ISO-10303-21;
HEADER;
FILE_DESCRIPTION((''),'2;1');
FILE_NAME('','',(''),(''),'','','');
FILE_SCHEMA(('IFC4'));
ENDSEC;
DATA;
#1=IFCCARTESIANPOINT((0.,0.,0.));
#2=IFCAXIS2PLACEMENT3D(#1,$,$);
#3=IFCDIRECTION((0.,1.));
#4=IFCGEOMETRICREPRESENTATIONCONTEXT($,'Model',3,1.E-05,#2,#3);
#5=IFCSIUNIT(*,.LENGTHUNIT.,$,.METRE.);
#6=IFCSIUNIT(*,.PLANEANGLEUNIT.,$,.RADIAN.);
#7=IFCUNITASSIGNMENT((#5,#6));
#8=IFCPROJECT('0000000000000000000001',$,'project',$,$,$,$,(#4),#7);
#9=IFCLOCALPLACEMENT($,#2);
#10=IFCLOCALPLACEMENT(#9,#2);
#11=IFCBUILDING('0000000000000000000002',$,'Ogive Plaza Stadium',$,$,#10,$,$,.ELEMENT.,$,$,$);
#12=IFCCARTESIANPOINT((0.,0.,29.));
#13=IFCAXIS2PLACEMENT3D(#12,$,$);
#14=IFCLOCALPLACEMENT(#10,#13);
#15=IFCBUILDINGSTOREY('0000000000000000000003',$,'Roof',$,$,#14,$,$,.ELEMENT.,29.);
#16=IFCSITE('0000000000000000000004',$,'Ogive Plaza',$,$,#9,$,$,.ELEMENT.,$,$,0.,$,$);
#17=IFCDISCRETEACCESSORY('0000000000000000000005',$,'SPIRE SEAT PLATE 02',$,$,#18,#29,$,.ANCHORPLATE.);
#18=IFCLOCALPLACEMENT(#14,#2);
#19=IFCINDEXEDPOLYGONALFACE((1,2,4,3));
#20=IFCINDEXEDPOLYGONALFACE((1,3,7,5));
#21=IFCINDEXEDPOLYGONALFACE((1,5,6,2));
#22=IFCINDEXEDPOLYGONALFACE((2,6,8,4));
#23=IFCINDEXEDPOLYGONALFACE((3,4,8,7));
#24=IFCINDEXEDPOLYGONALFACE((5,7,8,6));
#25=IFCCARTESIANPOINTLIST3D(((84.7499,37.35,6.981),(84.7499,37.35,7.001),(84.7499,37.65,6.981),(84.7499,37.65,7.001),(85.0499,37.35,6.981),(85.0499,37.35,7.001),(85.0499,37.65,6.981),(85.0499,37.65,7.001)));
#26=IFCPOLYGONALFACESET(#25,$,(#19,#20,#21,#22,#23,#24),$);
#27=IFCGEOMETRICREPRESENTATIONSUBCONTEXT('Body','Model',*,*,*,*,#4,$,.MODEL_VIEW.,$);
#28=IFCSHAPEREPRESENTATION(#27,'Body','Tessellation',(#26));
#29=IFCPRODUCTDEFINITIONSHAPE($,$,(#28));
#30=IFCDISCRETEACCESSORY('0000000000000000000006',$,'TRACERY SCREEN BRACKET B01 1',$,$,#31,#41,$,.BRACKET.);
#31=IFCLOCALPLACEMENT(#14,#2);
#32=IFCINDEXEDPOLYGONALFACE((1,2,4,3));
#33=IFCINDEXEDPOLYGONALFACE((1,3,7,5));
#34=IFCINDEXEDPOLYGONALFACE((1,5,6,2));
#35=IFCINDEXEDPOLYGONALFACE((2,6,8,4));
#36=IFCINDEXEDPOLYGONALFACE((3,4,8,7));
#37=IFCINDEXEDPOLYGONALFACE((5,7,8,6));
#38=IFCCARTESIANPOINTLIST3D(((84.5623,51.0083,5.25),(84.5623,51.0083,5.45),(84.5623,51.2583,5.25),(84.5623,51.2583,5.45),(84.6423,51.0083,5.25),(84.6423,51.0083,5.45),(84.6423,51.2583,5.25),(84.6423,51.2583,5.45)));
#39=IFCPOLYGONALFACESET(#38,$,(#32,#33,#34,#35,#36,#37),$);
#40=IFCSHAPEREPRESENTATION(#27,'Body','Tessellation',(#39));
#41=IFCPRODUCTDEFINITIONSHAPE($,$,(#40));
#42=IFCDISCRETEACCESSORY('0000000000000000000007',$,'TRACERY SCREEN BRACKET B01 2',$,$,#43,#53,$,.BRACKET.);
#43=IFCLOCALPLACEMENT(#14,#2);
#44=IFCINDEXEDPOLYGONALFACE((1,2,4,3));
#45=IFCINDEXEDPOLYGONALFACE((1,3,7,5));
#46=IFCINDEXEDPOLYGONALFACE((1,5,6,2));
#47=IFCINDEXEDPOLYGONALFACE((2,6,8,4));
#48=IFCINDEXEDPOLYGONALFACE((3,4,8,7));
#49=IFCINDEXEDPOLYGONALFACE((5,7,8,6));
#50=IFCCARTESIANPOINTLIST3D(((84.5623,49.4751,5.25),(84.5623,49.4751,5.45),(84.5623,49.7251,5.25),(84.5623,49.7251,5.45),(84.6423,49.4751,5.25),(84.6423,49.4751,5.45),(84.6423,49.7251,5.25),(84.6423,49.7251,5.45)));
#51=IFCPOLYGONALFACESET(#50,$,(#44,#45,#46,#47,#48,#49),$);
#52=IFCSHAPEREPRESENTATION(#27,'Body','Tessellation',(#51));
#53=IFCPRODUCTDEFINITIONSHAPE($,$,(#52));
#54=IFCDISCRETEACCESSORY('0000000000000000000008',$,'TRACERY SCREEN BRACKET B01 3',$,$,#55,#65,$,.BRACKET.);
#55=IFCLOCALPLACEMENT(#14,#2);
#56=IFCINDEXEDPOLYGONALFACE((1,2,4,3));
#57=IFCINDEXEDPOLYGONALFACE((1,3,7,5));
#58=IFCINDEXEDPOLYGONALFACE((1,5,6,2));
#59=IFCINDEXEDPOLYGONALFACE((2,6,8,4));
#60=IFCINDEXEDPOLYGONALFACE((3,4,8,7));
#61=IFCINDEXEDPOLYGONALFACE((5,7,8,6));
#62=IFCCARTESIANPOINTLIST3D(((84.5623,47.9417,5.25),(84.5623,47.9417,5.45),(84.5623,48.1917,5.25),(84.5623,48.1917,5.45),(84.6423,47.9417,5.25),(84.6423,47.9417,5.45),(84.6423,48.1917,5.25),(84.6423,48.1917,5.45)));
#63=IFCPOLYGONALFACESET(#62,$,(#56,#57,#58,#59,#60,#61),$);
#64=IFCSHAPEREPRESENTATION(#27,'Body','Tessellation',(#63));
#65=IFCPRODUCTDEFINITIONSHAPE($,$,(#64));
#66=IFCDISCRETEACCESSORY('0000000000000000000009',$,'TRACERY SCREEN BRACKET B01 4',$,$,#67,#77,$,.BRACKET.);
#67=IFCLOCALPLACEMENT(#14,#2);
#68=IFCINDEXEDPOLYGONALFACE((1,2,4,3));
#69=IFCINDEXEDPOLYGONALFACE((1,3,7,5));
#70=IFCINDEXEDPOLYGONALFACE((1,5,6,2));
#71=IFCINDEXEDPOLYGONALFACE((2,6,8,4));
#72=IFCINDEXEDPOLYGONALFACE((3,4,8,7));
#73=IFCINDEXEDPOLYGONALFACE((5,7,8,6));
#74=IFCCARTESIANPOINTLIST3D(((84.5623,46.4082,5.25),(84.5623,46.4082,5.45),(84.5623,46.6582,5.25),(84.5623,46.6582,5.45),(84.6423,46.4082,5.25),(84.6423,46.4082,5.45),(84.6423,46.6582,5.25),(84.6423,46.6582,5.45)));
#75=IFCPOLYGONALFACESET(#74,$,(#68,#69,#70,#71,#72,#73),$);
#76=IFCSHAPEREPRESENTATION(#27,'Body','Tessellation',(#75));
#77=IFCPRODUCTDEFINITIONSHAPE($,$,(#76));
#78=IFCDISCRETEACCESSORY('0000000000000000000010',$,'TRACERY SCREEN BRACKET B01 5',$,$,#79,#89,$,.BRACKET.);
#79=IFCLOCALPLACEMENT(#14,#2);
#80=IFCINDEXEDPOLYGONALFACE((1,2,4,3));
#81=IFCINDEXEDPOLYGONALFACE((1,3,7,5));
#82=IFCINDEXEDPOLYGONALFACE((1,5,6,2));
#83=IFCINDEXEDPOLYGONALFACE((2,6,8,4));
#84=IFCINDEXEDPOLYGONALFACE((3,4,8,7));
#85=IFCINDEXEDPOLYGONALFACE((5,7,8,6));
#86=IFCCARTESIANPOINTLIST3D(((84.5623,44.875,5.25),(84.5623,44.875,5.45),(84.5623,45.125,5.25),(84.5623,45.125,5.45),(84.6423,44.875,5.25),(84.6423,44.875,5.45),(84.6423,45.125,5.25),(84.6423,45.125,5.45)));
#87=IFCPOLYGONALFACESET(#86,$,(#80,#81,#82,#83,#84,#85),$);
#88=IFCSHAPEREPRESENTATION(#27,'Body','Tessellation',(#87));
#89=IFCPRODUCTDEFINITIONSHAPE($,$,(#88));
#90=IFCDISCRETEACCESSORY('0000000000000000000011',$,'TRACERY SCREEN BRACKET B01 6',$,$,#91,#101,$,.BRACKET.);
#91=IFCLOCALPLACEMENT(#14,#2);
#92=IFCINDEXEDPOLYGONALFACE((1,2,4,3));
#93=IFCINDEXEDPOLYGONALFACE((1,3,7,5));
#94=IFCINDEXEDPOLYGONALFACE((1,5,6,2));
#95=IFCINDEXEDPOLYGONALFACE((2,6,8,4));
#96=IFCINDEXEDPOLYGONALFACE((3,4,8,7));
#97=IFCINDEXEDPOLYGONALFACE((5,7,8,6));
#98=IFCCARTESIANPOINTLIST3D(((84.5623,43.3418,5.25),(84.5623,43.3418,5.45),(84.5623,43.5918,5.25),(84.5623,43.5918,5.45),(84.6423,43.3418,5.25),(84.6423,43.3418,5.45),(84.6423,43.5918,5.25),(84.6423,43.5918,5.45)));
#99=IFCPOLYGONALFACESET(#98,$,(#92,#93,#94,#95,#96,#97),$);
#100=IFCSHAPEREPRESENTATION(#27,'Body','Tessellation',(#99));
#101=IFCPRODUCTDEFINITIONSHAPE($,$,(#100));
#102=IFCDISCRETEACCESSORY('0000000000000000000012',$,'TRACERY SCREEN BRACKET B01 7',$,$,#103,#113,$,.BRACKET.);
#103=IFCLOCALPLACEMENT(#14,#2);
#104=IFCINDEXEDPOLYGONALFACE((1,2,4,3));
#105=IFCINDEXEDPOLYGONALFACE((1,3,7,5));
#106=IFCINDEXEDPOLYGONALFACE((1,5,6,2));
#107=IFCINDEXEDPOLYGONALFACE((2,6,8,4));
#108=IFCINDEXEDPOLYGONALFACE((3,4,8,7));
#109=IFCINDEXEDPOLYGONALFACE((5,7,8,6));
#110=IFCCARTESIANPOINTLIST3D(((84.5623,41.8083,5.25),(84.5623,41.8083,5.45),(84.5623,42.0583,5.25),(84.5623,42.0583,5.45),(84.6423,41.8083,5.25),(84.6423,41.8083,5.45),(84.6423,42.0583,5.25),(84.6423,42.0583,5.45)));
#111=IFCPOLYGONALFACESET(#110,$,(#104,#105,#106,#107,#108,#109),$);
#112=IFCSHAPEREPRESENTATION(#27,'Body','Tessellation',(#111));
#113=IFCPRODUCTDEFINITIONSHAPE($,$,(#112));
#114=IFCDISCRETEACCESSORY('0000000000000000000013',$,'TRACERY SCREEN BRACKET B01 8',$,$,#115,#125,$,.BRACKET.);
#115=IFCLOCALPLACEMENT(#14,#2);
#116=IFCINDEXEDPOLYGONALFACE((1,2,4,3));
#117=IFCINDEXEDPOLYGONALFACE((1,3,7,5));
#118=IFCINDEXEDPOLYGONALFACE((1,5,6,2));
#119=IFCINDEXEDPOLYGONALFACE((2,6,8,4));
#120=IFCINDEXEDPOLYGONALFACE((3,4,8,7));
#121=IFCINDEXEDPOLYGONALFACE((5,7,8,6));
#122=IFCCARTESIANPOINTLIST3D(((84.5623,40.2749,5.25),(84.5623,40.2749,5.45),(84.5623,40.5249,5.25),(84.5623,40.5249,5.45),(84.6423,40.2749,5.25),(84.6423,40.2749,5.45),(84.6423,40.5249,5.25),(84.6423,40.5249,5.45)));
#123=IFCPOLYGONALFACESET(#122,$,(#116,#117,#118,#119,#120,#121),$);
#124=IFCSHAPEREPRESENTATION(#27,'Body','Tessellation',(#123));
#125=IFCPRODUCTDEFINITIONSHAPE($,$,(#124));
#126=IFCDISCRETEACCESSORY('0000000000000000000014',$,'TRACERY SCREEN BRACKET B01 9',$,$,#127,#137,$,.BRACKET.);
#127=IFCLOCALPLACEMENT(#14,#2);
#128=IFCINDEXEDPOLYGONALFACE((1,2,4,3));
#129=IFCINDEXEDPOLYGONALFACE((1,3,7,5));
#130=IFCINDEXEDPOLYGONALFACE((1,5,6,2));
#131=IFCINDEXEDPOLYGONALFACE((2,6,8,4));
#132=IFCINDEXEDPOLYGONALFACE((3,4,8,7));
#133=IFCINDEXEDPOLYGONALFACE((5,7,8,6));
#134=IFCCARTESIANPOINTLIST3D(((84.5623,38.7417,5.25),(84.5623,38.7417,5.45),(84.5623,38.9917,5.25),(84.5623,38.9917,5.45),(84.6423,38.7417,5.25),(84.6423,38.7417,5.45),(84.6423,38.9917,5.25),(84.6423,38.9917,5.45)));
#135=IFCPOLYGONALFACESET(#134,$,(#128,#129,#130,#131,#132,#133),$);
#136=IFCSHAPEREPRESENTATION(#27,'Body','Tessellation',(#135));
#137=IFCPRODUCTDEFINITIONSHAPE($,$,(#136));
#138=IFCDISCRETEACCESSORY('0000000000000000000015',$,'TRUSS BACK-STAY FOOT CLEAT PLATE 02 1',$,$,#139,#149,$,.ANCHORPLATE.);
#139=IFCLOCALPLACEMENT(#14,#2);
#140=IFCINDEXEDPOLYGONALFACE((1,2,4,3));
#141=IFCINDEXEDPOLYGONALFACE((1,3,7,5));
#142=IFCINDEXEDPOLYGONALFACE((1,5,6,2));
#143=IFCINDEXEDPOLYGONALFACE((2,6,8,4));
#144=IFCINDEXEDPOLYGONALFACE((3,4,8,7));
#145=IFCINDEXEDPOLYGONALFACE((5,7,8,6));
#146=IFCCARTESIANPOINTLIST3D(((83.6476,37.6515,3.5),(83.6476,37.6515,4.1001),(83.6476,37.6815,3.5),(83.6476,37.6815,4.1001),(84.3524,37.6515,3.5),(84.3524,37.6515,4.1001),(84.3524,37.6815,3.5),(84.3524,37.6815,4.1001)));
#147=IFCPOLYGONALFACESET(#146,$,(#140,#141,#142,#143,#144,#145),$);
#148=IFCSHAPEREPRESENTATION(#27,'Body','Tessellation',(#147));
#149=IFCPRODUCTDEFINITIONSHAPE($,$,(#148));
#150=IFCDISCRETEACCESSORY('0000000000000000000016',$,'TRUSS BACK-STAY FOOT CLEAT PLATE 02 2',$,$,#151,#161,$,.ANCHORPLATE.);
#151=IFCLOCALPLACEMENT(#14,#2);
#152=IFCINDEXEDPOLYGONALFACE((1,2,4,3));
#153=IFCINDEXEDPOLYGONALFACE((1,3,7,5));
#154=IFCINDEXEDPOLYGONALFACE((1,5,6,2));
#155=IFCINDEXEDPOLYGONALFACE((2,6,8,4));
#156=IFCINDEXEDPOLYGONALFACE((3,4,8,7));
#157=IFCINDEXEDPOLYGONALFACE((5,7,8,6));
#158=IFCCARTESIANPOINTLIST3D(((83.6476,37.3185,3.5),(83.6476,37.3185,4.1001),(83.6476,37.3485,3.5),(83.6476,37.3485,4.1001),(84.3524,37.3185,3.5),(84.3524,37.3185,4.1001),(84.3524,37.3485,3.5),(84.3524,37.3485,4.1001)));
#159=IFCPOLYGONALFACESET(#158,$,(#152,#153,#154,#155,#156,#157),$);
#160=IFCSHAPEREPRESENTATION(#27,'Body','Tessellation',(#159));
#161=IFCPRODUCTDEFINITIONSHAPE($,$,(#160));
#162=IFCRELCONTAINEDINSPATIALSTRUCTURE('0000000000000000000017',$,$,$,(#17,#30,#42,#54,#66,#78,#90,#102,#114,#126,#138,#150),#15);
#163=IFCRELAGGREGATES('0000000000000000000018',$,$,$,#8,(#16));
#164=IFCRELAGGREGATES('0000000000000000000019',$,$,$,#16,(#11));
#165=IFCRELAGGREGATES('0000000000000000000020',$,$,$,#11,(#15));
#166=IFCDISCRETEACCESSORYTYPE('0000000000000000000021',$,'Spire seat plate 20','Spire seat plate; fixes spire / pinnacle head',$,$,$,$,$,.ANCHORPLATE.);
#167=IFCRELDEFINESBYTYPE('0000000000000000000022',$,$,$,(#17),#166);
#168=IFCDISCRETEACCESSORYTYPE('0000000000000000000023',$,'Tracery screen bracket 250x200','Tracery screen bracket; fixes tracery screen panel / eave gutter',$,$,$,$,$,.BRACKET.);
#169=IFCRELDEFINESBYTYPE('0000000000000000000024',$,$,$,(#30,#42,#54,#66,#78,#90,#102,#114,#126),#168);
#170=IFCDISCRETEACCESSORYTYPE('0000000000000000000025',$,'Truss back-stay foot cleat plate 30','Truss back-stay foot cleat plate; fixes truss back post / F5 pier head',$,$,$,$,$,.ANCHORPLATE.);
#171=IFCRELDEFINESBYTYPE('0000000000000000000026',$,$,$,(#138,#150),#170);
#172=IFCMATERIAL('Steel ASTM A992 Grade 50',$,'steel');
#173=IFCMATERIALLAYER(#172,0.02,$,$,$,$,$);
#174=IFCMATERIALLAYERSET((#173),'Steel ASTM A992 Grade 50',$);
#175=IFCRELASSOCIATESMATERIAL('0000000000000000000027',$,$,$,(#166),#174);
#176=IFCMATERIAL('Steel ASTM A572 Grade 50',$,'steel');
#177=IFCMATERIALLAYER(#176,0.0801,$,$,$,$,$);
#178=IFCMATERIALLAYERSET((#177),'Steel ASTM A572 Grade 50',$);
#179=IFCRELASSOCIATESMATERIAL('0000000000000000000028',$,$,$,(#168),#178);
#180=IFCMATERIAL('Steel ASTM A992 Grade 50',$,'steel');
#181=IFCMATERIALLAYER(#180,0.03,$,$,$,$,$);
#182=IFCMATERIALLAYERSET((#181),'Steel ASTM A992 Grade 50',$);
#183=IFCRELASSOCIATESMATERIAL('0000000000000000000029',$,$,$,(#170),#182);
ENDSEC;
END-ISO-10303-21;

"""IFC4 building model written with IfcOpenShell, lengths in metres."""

from ifc_helpers import new_model, si_unit, direction, frame, origin, origin_2d, place, context, subcontext, project, spatial, rectangle, extrude, material, layer, layer_set, type_object, element, save


model = new_model("IFC4")

# Units and contexts
model_context = context("Model", 3, precision=1e-05, world=origin(), true_north=direction((0.0, 1.0)))
body_context = subcontext(model_context, "Body", "Model", "MODEL_VIEW")
ifc_project = project(units=[si_unit("LENGTHUNIT", "METRE"), si_unit("PLANEANGLEUNIT", "RADIAN")], contexts=[model_context])

# Site, building, storey
site_placement = place(None, origin())
site = spatial("IfcSite", under=ifc_project, at=site_placement, Name="Ogive Plaza", CompositionType="ELEMENT", RefElevation=0.0)
building_placement = place(site_placement, origin())
building = spatial("IfcBuilding", under=site, at=building_placement, Name="Ogive Plaza Stadium", CompositionType="ELEMENT")
storey_placement = place(building_placement, frame((0.0, 0.0, 29.0)))
storey = spatial("IfcBuildingStorey", under=building, at=storey_placement, Name="Roof", CompositionType="ELEMENT", Elevation=29.0)

# Discrete accessories
ifc_material_1 = material(Name="Steel ASTM A992 Grade 50", Category="steel")
ifc_layer_1 = layer(ifc_material_1, 0.02)
ifc_layer_set_1 = layer_set([ifc_layer_1], Name="Steel ASTM A992 Grade 50")
discrete_accessory_type_1 = type_object("IfcDiscreteAccessoryType", Name="Spire seat plate 20", Description="Spire seat plate; fixes spire / pinnacle head", PredefinedType="ANCHORPLATE", material=ifc_layer_set_1)
discrete_accessory_placement = place(storey_placement, frame((84.8999, 37.5, 6.981), z_axis=(0.0, 0.0, 1.0), x_axis=(1.0, 0.0, 0.0)))
element("IfcDiscreteAccessory", 1, at=discrete_accessory_placement, inside=storey, type_object=discrete_accessory_type_1, Name="SPIRE SEAT PLATE 02", PredefinedType="ANCHORPLATE", context=body_context, shape_type="SweptSolid", body=[
    extrude(rectangle(XDim=0.3, YDim=0.3, at=origin_2d()), origin(), (0.0, 0.0, 1.0), 0.02),
])
ifc_material_2 = material(Name="Steel ASTM A572 Grade 50", Category="steel")
ifc_layer_2 = layer(ifc_material_2, 0.0801)
ifc_layer_set_2 = layer_set([ifc_layer_2], Name="Steel ASTM A572 Grade 50")
discrete_accessory_type_2 = type_object("IfcDiscreteAccessoryType", Name="Tracery screen bracket 250x200", Description="Tracery screen bracket; fixes tracery screen panel / eave gutter", PredefinedType="BRACKET", material=ifc_layer_set_2)
for number, where, z_axis, x_axis, name in (
    (2, (84.6023, 51.1333, 5.25), (0.0, 0.0, 1.0), (0.0, -1.0, 0.0), "TRACERY SCREEN BRACKET B01 1"),
    (3, (84.6023, 49.6001, 5.25), (0.0, 0.0, 1.0), (0.0, -1.0, 0.0), "TRACERY SCREEN BRACKET B01 2"),
    (4, (84.6023, 48.0667, 5.25), (0.0, 0.0, 1.0), (0.0, -1.0, 0.0), "TRACERY SCREEN BRACKET B01 3"),
    (5, (84.6023, 46.5332, 5.25), (0.0, 0.0, 1.0), (0.0, -1.0, 0.0), "TRACERY SCREEN BRACKET B01 4"),
    (6, (84.6023, 45.0, 5.25), (0.0, 0.0, 1.0), (0.0, -1.0, 0.0), "TRACERY SCREEN BRACKET B01 5"),
    (7, (84.6023, 43.4668, 5.25), (0.0, 0.0, 1.0), (0.0, -1.0, 0.0), "TRACERY SCREEN BRACKET B01 6"),
    (8, (84.6023, 41.9333, 5.25), (0.0, 0.0, 1.0), (0.0, -1.0, 0.0), "TRACERY SCREEN BRACKET B01 7"),
    (9, (84.6023, 40.3999, 5.25), (0.0, 0.0, 1.0), (0.0, -1.0, 0.0), "TRACERY SCREEN BRACKET B01 8"),
    (10, (84.6023, 38.8667, 5.25), (0.0, 0.0, 1.0), (0.0, -1.0, 0.0), "TRACERY SCREEN BRACKET B01 9"),
):
    element("IfcDiscreteAccessory", number, at=place(storey_placement, frame(where, z_axis=z_axis, x_axis=x_axis)), inside=storey, type_object=discrete_accessory_type_2, Name=name, PredefinedType="BRACKET", context=body_context, shape_type="SweptSolid", body=[
        extrude(rectangle(XDim=0.25, YDim=0.0801, at=origin_2d()), origin(), (0.0, 0.0, 1.0), 0.2),
    ])
ifc_material_3 = material(Name="Steel ASTM A992 Grade 50", Category="steel")
ifc_layer_3 = layer(ifc_material_3, 0.03)
ifc_layer_set_3 = layer_set([ifc_layer_3], Name="Steel ASTM A992 Grade 50")
discrete_accessory_type_3 = type_object("IfcDiscreteAccessoryType", Name="Truss back-stay foot cleat plate 30", Description="Truss back-stay foot cleat plate; fixes truss back post / F5 pier head", PredefinedType="ANCHORPLATE", material=ifc_layer_set_3)
for number, where, z_axis, x_axis, name in (
    (11, (84.0, 37.6665, 3.5), (0.0, 0.0, 1.0), (1.0, 0.0, 0.0), "TRUSS BACK-STAY FOOT CLEAT PLATE 02 1"),
    (12, (84.0, 37.3335, 3.5), (0.0, 0.0, 1.0), (1.0, 0.0, 0.0), "TRUSS BACK-STAY FOOT CLEAT PLATE 02 2"),
):
    element("IfcDiscreteAccessory", number, at=place(storey_placement, frame(where, z_axis=z_axis, x_axis=x_axis)), inside=storey, type_object=discrete_accessory_type_3, Name=name, PredefinedType="ANCHORPLATE", context=body_context, shape_type="SweptSolid", body=[
        extrude(rectangle(XDim=0.7048, YDim=0.03, at=origin_2d()), origin(), (0.0, 0.0, 1.0), 0.6001),
    ])

save(model, "model.ifc")
